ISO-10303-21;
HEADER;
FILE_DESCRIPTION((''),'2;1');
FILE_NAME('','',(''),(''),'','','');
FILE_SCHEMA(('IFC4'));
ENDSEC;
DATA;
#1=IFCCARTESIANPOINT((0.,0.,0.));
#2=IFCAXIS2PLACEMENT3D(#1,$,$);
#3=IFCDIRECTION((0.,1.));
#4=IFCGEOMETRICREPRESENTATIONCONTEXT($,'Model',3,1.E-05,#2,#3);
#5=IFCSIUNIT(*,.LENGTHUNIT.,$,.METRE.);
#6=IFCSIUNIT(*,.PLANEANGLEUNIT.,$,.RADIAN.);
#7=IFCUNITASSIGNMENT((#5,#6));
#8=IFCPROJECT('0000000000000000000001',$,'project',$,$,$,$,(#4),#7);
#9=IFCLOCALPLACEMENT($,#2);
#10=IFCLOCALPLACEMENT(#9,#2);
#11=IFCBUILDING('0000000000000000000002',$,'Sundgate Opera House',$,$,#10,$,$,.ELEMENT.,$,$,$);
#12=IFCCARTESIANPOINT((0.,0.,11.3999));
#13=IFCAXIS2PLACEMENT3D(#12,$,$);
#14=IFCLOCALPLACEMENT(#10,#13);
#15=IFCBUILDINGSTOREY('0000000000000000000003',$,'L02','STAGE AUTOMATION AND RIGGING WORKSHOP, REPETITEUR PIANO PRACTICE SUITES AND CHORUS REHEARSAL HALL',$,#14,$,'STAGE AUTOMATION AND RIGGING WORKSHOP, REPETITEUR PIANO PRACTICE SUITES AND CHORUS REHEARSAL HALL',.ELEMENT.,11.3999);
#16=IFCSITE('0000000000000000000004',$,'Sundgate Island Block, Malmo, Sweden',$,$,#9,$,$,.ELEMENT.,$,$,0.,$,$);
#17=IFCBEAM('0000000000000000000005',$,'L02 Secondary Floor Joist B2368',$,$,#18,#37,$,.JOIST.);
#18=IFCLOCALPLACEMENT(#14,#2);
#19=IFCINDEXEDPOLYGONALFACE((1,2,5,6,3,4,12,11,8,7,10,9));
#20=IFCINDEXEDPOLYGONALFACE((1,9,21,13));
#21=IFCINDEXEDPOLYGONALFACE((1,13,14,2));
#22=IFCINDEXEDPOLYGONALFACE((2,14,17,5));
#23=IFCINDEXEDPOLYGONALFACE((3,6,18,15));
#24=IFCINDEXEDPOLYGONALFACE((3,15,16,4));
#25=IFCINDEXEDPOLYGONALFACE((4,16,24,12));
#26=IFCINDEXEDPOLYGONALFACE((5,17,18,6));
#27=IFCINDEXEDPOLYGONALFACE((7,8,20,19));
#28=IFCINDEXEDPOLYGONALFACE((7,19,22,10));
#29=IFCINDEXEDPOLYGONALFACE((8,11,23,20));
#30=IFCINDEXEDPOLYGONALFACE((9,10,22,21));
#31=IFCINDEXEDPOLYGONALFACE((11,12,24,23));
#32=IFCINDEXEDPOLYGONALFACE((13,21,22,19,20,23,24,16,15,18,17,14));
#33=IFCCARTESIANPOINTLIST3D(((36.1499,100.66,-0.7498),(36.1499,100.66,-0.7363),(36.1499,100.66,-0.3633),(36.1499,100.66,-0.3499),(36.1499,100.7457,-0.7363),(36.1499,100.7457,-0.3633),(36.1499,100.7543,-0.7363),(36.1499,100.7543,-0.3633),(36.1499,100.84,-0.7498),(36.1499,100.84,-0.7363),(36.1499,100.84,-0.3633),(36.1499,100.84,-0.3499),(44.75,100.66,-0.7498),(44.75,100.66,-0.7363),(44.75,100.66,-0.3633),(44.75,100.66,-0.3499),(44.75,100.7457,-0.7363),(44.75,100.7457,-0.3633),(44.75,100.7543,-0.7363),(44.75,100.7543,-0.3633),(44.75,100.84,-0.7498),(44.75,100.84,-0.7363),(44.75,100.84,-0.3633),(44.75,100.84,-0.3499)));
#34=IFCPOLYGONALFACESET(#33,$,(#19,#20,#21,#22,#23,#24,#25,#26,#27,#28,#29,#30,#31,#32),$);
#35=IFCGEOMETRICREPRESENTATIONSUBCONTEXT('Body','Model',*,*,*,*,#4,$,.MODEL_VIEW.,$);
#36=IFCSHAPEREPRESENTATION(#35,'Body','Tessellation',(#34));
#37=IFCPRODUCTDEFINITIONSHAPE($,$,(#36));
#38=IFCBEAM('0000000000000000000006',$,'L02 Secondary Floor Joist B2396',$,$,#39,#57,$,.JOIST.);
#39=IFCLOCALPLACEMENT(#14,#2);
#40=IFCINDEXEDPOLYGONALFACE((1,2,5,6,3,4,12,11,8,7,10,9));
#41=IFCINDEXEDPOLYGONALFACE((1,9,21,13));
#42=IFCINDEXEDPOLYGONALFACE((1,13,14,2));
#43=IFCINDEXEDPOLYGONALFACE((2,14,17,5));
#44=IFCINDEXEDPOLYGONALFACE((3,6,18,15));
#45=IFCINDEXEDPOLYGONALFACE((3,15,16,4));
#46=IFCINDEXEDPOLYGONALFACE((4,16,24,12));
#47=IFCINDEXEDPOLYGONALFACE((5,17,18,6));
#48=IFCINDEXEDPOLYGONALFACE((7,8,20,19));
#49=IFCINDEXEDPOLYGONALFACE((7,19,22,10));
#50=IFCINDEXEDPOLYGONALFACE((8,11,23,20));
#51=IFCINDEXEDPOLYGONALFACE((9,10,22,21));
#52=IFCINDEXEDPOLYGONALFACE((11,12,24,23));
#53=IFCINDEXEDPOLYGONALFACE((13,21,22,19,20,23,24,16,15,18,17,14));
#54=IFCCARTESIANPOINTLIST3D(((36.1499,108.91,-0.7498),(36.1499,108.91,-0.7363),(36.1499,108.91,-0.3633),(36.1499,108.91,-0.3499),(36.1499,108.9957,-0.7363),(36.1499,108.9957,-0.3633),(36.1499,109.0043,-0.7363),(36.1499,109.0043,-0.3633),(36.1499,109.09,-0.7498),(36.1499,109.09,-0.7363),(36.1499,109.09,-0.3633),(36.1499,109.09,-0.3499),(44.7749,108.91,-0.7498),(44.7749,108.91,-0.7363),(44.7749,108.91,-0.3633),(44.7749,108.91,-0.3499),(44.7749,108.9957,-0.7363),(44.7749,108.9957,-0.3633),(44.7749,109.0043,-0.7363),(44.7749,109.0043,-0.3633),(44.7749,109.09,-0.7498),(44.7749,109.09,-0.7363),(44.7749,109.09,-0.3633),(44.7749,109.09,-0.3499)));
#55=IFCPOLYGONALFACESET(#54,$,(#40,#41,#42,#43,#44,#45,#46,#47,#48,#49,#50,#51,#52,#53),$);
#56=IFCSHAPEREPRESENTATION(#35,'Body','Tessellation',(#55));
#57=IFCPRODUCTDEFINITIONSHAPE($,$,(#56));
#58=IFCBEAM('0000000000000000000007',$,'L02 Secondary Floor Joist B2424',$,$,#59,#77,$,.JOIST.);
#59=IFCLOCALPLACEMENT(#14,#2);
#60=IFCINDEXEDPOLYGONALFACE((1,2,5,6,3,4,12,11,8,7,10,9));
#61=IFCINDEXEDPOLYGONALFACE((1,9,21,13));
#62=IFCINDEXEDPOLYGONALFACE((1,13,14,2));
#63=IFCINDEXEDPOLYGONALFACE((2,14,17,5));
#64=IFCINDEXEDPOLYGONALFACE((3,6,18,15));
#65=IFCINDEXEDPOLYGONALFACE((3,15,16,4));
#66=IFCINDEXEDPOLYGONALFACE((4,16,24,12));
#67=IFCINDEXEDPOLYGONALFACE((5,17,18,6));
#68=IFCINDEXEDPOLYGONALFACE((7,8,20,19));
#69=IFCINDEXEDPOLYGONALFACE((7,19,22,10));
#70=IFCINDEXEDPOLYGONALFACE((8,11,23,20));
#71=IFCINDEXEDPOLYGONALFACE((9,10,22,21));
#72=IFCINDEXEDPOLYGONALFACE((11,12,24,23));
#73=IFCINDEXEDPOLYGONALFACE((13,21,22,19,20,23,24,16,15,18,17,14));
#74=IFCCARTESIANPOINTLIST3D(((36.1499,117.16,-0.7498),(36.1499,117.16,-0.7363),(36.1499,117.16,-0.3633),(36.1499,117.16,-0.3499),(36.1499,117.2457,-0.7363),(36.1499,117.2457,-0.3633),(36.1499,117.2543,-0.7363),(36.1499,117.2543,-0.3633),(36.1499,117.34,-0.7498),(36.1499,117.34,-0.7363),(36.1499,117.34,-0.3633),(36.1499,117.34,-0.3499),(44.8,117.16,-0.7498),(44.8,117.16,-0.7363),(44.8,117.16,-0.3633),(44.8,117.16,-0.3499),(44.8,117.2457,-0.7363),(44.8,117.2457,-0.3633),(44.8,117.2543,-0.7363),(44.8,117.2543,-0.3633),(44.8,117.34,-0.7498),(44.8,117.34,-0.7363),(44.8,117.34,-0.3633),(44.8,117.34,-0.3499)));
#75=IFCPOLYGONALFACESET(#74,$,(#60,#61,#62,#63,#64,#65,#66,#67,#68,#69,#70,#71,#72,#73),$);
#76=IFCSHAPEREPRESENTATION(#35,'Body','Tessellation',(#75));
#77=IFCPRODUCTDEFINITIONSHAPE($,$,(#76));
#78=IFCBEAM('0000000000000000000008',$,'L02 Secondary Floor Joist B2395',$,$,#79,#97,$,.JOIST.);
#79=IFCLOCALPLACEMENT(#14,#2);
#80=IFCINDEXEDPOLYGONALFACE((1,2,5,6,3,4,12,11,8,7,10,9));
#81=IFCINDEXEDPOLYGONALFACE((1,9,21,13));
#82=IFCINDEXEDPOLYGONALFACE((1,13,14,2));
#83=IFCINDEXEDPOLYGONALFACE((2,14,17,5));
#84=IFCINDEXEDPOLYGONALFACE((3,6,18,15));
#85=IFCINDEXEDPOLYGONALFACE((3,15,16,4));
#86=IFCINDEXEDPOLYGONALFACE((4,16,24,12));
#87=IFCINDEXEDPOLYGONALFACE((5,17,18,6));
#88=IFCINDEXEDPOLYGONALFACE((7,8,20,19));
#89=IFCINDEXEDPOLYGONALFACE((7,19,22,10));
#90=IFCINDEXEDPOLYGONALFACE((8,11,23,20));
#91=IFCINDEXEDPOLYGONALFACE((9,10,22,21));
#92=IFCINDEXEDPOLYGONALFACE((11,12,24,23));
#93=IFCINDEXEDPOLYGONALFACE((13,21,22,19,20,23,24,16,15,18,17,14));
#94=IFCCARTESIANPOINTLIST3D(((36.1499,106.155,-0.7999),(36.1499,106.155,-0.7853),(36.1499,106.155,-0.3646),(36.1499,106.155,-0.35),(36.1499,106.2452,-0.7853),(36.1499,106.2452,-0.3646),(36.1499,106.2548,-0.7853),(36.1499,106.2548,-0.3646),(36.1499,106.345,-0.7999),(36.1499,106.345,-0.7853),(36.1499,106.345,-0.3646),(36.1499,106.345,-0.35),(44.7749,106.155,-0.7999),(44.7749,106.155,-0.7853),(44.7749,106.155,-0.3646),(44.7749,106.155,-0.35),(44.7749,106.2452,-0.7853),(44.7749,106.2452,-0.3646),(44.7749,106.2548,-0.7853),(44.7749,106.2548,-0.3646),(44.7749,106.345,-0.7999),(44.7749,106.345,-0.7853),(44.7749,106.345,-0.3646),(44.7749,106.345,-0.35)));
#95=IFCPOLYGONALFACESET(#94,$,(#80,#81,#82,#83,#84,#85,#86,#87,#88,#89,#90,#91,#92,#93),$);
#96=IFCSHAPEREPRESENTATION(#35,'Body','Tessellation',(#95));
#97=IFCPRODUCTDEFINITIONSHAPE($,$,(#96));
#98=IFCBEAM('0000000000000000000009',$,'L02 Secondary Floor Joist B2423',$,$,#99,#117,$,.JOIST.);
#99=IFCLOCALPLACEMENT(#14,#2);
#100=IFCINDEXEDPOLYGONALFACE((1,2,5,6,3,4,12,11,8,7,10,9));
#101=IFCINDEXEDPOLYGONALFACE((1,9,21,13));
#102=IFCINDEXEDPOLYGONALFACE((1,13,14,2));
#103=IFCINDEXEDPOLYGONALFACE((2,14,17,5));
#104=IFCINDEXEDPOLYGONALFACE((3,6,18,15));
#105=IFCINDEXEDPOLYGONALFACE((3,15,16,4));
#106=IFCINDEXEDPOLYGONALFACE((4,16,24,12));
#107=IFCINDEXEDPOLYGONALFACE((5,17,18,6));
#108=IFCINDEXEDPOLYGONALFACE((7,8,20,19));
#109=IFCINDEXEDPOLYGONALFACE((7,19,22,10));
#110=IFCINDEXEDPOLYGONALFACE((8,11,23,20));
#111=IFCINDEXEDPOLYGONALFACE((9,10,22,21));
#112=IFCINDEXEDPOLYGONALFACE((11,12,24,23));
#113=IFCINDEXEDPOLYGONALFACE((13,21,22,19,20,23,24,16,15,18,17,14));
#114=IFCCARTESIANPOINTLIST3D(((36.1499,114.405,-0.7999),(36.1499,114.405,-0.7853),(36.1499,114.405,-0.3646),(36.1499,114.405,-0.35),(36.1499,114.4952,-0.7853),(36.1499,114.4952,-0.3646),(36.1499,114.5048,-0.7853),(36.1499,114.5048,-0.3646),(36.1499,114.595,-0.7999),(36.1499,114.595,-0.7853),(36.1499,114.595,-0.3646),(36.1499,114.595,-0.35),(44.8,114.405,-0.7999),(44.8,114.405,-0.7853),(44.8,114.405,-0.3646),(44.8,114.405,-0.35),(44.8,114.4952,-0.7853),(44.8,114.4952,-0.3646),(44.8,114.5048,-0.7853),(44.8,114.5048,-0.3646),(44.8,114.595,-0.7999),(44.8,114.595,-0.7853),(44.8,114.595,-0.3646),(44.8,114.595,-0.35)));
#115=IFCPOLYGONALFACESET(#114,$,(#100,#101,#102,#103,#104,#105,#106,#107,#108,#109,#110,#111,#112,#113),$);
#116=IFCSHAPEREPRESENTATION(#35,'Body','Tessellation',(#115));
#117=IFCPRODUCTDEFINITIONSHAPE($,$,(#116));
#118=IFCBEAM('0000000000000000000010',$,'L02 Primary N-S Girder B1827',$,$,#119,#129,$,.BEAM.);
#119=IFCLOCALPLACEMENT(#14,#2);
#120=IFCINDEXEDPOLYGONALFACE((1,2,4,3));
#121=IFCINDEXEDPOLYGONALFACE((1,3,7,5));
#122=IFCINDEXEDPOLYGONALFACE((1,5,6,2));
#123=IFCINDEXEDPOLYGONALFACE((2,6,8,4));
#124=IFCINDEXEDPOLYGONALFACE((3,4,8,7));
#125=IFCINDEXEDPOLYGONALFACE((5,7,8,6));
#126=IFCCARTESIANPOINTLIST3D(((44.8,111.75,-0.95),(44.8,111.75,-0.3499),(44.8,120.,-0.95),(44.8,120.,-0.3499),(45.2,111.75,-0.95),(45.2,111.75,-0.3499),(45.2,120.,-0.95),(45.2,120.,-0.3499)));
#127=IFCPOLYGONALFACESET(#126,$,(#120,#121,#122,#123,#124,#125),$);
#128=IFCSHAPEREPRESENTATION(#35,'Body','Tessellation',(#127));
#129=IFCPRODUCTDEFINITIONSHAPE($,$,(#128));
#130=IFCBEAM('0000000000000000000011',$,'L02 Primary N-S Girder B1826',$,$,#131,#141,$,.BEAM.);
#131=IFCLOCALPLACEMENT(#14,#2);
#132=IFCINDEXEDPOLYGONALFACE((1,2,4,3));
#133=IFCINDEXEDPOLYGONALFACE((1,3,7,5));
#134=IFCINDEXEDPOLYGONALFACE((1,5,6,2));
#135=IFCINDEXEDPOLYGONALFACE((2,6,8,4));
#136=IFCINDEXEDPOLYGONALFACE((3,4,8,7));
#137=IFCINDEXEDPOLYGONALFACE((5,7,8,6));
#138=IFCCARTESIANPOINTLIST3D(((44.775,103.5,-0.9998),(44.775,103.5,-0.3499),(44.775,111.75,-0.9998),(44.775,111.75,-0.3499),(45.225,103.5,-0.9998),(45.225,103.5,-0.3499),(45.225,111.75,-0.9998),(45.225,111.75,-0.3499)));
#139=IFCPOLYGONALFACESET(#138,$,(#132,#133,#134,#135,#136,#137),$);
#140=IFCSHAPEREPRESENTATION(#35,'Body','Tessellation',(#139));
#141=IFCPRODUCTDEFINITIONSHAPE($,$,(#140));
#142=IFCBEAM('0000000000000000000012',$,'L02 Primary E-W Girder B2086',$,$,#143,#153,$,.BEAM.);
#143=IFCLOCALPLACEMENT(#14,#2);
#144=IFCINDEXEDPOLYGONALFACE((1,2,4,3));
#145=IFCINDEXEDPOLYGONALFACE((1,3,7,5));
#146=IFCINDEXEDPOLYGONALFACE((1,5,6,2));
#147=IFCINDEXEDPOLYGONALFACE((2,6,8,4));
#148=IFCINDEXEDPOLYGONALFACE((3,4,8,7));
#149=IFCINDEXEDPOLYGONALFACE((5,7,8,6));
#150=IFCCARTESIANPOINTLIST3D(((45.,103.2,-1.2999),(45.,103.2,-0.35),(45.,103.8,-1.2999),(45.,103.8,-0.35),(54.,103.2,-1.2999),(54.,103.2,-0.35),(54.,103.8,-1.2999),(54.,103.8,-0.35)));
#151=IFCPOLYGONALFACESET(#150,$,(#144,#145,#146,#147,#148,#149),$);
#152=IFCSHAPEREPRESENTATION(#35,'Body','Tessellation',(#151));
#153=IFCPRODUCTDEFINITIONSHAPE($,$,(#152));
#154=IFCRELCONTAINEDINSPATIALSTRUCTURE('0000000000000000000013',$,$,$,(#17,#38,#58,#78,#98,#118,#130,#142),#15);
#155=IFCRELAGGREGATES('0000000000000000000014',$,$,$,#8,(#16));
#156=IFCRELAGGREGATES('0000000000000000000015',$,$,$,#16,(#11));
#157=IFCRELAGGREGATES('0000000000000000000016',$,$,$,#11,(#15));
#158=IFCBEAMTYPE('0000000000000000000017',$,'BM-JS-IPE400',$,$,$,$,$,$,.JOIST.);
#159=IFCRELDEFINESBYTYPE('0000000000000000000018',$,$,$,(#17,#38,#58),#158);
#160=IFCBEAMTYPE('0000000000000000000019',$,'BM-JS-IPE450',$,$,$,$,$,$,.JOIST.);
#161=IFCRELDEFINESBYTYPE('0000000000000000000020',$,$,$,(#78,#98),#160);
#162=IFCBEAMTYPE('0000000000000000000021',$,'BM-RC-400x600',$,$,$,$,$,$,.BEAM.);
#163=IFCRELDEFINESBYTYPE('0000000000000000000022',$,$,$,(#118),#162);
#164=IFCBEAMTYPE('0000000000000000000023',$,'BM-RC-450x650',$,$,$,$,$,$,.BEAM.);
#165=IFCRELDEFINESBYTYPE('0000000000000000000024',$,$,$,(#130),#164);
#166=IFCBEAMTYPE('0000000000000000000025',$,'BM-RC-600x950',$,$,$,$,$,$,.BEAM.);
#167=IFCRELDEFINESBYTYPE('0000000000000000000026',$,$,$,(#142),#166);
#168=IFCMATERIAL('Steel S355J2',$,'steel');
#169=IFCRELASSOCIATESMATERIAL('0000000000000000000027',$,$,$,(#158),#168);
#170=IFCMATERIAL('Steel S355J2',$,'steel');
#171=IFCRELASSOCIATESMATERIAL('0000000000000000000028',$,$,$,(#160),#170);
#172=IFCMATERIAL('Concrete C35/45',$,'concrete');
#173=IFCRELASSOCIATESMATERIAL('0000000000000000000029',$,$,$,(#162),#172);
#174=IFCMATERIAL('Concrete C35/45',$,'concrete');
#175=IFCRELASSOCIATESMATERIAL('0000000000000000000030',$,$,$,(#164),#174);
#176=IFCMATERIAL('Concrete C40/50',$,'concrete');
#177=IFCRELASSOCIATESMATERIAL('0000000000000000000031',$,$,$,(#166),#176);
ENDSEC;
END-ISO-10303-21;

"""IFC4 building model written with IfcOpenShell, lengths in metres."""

from ifc_helpers import new_model, si_unit, direction, frame, origin, origin_2d, place, context, subcontext, project, spatial, rectangle, i_section, extrude, material, material_profile, profile_set, type_object, element, save


model = new_model("IFC4")

# Units and contexts
model_context = context("Model", 3, precision=1e-05, world=origin(), true_north=direction((0.0, 1.0)))
body_context = subcontext(model_context, "Body", "Model", "MODEL_VIEW")
ifc_project = project(units=[si_unit("LENGTHUNIT", "METRE"), si_unit("PLANEANGLEUNIT", "RADIAN")], contexts=[model_context])

# Site, building, storey
site_placement = place(None, origin())
site = spatial("IfcSite", under=ifc_project, at=site_placement, Name="Sundgate Island Block, Malmo, Sweden", CompositionType="ELEMENT", RefElevation=0.0)
building_placement = place(site_placement, origin())
building = spatial("IfcBuilding", under=site, at=building_placement, Name="Sundgate Opera House", CompositionType="ELEMENT")
storey_placement = place(building_placement, frame((0.0, 0.0, 11.3999)))
storey = spatial("IfcBuildingStorey", under=building, at=storey_placement, Name="L02", Description="STAGE AUTOMATION AND RIGGING WORKSHOP, REPETITEUR PIANO PRACTICE SUITES AND CHORUS REHEARSAL HALL", LongName="STAGE AUTOMATION AND RIGGING WORKSHOP, REPETITEUR PIANO PRACTICE SUITES AND CHORUS REHEARSAL HALL", CompositionType="ELEMENT", Elevation=11.3999)

# Beams
ifc_material_1 = material(Name="Steel S355J2", Category="steel")
ifc_material_profile_1 = material_profile(ifc_material_1, i_section(OverallWidth=0.1799, OverallDepth=0.3999, WebThickness=0.0085, FlangeThickness=0.0134, at=origin_2d()), Name="IPE 400")
ifc_profile_set_1 = profile_set([ifc_material_profile_1], Name="Steel S355J2")
beam_type_1 = type_object("IfcBeamType", Name="BM-JS-IPE400", PredefinedType="JOIST", material=ifc_profile_set_1)
beam_1_placement = place(storey_placement, frame((36.1499, 100.75, -0.5498), z_axis=(1.0, 0.0, 0.0), x_axis=(0.0, 1.0, 0.0)))
element("IfcBeam", 1, at=beam_1_placement, inside=storey, type_object=beam_type_1, Name="L02 Secondary Floor Joist B2368", PredefinedType="JOIST", context=body_context, shape_type="SweptSolid", body=[
    extrude(i_section(OverallWidth=0.1799, OverallDepth=0.3999, WebThickness=0.0085, FlangeThickness=0.0134, at=origin_2d()), origin(), (0.0, 0.0, 1.0), 8.6001),
])
beam_2_placement = place(storey_placement, frame((36.1499, 109.0, -0.5498), z_axis=(1.0, 0.0, 0.0), x_axis=(0.0, 1.0, 0.0)))
element("IfcBeam", 2, at=beam_2_placement, inside=storey, type_object=beam_type_1, Name="L02 Secondary Floor Joist B2396", PredefinedType="JOIST", context=body_context, shape_type="SweptSolid", body=[
    extrude(i_section(OverallWidth=0.1799, OverallDepth=0.3999, WebThickness=0.0085, FlangeThickness=0.0134, at=origin_2d()), origin(), (0.0, 0.0, 1.0), 8.625),
])
beam_3_placement = place(storey_placement, frame((36.1499, 117.25, -0.5498), z_axis=(1.0, 0.0, 0.0), x_axis=(0.0, 1.0, 0.0)))
element("IfcBeam", 3, at=beam_3_placement, inside=storey, type_object=beam_type_1, Name="L02 Secondary Floor Joist B2424", PredefinedType="JOIST", context=body_context, shape_type="SweptSolid", body=[
    extrude(i_section(OverallWidth=0.1799, OverallDepth=0.3999, WebThickness=0.0085, FlangeThickness=0.0134, at=origin_2d()), origin(), (0.0, 0.0, 1.0), 8.6501),
])
ifc_material_2 = material(Name="Steel S355J2", Category="steel")
ifc_material_profile_2 = material_profile(ifc_material_2, i_section(OverallWidth=0.1899, OverallDepth=0.45, WebThickness=0.0095, FlangeThickness=0.0146, at=origin_2d()), Name="IPE 450")
ifc_profile_set_2 = profile_set([ifc_material_profile_2], Name="Steel S355J2")
beam_type_2 = type_object("IfcBeamType", Name="BM-JS-IPE450", PredefinedType="JOIST", material=ifc_profile_set_2)
beam_4_placement = place(storey_placement, frame((36.1499, 106.25, -0.575), z_axis=(1.0, 0.0, 0.0), x_axis=(0.0, 1.0, 0.0)))
element("IfcBeam", 4, at=beam_4_placement, inside=storey, type_object=beam_type_2, Name="L02 Secondary Floor Joist B2395", PredefinedType="JOIST", context=body_context, shape_type="SweptSolid", body=[
    extrude(i_section(OverallWidth=0.1899, OverallDepth=0.45, WebThickness=0.0095, FlangeThickness=0.0146, at=origin_2d()), origin(), (0.0, 0.0, 1.0), 8.625),
])
beam_5_placement = place(storey_placement, frame((36.1499, 114.5, -0.575), z_axis=(1.0, 0.0, 0.0), x_axis=(0.0, 1.0, 0.0)))
element("IfcBeam", 5, at=beam_5_placement, inside=storey, type_object=beam_type_2, Name="L02 Secondary Floor Joist B2423", PredefinedType="JOIST", context=body_context, shape_type="SweptSolid", body=[
    extrude(i_section(OverallWidth=0.1899, OverallDepth=0.45, WebThickness=0.0095, FlangeThickness=0.0146, at=origin_2d()), origin(), (0.0, 0.0, 1.0), 8.6501),
])
ifc_material_3 = material(Name="Concrete C35/45", Category="concrete")
ifc_material_profile_3 = material_profile(ifc_material_3, rectangle(XDim=0.3999, YDim=0.6001, at=origin_2d()), Name="RC 400x600")
ifc_profile_set_3 = profile_set([ifc_material_profile_3], Name="Concrete C35/45")
beam_type_3 = type_object("IfcBeamType", Name="BM-RC-400x600", PredefinedType="BEAM", material=ifc_profile_set_3)
beam_6_placement = place(storey_placement, frame((45.0, 111.75, -0.6499), z_axis=(0.0, 1.0, 0.0), x_axis=(-1.0, 0.0, 0.0)))
element("IfcBeam", 6, at=beam_6_placement, inside=storey, type_object=beam_type_3, Name="L02 Primary N-S Girder B1827", PredefinedType="BEAM", context=body_context, shape_type="SweptSolid", body=[
    extrude(rectangle(XDim=0.3999, YDim=0.6001, at=origin_2d()), origin(), (0.0, 0.0, 1.0), 8.25),
])
ifc_material_4 = material(Name="Concrete C35/45", Category="concrete")
ifc_material_profile_4 = material_profile(ifc_material_4, rectangle(XDim=0.45, YDim=0.6499, at=origin_2d()), Name="RC 450x650")
ifc_profile_set_4 = profile_set([ifc_material_profile_4], Name="Concrete C35/45")
beam_type_4 = type_object("IfcBeamType", Name="BM-RC-450x650", PredefinedType="BEAM", material=ifc_profile_set_4)
beam_7_placement = place(storey_placement, frame((45.0, 103.5, -0.6748), z_axis=(0.0, 1.0, 0.0), x_axis=(-1.0, 0.0, 0.0)))
element("IfcBeam", 7, at=beam_7_placement, inside=storey, type_object=beam_type_4, Name="L02 Primary N-S Girder B1826", PredefinedType="BEAM", context=body_context, shape_type="SweptSolid", body=[
    extrude(rectangle(XDim=0.45, YDim=0.6499, at=origin_2d()), origin(), (0.0, 0.0, 1.0), 8.25),
])
ifc_material_5 = material(Name="Concrete C40/50", Category="concrete")
ifc_material_profile_5 = material_profile(ifc_material_5, rectangle(XDim=0.6001, YDim=0.95, at=origin_2d()), Name="RC 600x950")
ifc_profile_set_5 = profile_set([ifc_material_profile_5], Name="Concrete C40/50")
beam_type_5 = type_object("IfcBeamType", Name="BM-RC-600x950", PredefinedType="BEAM", material=ifc_profile_set_5)
beam_8_placement = place(storey_placement, frame((45.0, 103.5, -0.825), z_axis=(1.0, 0.0, 0.0), x_axis=(0.0, 1.0, 0.0)))
element("IfcBeam", 8, at=beam_8_placement, inside=storey, type_object=beam_type_5, Name="L02 Primary E-W Girder B2086", PredefinedType="BEAM", context=body_context, shape_type="SweptSolid", body=[
    extrude(rectangle(XDim=0.6001, YDim=0.95, at=origin_2d()), origin(), (0.0, 0.0, 1.0), 9.0),
])

save(model, "model.ifc")
